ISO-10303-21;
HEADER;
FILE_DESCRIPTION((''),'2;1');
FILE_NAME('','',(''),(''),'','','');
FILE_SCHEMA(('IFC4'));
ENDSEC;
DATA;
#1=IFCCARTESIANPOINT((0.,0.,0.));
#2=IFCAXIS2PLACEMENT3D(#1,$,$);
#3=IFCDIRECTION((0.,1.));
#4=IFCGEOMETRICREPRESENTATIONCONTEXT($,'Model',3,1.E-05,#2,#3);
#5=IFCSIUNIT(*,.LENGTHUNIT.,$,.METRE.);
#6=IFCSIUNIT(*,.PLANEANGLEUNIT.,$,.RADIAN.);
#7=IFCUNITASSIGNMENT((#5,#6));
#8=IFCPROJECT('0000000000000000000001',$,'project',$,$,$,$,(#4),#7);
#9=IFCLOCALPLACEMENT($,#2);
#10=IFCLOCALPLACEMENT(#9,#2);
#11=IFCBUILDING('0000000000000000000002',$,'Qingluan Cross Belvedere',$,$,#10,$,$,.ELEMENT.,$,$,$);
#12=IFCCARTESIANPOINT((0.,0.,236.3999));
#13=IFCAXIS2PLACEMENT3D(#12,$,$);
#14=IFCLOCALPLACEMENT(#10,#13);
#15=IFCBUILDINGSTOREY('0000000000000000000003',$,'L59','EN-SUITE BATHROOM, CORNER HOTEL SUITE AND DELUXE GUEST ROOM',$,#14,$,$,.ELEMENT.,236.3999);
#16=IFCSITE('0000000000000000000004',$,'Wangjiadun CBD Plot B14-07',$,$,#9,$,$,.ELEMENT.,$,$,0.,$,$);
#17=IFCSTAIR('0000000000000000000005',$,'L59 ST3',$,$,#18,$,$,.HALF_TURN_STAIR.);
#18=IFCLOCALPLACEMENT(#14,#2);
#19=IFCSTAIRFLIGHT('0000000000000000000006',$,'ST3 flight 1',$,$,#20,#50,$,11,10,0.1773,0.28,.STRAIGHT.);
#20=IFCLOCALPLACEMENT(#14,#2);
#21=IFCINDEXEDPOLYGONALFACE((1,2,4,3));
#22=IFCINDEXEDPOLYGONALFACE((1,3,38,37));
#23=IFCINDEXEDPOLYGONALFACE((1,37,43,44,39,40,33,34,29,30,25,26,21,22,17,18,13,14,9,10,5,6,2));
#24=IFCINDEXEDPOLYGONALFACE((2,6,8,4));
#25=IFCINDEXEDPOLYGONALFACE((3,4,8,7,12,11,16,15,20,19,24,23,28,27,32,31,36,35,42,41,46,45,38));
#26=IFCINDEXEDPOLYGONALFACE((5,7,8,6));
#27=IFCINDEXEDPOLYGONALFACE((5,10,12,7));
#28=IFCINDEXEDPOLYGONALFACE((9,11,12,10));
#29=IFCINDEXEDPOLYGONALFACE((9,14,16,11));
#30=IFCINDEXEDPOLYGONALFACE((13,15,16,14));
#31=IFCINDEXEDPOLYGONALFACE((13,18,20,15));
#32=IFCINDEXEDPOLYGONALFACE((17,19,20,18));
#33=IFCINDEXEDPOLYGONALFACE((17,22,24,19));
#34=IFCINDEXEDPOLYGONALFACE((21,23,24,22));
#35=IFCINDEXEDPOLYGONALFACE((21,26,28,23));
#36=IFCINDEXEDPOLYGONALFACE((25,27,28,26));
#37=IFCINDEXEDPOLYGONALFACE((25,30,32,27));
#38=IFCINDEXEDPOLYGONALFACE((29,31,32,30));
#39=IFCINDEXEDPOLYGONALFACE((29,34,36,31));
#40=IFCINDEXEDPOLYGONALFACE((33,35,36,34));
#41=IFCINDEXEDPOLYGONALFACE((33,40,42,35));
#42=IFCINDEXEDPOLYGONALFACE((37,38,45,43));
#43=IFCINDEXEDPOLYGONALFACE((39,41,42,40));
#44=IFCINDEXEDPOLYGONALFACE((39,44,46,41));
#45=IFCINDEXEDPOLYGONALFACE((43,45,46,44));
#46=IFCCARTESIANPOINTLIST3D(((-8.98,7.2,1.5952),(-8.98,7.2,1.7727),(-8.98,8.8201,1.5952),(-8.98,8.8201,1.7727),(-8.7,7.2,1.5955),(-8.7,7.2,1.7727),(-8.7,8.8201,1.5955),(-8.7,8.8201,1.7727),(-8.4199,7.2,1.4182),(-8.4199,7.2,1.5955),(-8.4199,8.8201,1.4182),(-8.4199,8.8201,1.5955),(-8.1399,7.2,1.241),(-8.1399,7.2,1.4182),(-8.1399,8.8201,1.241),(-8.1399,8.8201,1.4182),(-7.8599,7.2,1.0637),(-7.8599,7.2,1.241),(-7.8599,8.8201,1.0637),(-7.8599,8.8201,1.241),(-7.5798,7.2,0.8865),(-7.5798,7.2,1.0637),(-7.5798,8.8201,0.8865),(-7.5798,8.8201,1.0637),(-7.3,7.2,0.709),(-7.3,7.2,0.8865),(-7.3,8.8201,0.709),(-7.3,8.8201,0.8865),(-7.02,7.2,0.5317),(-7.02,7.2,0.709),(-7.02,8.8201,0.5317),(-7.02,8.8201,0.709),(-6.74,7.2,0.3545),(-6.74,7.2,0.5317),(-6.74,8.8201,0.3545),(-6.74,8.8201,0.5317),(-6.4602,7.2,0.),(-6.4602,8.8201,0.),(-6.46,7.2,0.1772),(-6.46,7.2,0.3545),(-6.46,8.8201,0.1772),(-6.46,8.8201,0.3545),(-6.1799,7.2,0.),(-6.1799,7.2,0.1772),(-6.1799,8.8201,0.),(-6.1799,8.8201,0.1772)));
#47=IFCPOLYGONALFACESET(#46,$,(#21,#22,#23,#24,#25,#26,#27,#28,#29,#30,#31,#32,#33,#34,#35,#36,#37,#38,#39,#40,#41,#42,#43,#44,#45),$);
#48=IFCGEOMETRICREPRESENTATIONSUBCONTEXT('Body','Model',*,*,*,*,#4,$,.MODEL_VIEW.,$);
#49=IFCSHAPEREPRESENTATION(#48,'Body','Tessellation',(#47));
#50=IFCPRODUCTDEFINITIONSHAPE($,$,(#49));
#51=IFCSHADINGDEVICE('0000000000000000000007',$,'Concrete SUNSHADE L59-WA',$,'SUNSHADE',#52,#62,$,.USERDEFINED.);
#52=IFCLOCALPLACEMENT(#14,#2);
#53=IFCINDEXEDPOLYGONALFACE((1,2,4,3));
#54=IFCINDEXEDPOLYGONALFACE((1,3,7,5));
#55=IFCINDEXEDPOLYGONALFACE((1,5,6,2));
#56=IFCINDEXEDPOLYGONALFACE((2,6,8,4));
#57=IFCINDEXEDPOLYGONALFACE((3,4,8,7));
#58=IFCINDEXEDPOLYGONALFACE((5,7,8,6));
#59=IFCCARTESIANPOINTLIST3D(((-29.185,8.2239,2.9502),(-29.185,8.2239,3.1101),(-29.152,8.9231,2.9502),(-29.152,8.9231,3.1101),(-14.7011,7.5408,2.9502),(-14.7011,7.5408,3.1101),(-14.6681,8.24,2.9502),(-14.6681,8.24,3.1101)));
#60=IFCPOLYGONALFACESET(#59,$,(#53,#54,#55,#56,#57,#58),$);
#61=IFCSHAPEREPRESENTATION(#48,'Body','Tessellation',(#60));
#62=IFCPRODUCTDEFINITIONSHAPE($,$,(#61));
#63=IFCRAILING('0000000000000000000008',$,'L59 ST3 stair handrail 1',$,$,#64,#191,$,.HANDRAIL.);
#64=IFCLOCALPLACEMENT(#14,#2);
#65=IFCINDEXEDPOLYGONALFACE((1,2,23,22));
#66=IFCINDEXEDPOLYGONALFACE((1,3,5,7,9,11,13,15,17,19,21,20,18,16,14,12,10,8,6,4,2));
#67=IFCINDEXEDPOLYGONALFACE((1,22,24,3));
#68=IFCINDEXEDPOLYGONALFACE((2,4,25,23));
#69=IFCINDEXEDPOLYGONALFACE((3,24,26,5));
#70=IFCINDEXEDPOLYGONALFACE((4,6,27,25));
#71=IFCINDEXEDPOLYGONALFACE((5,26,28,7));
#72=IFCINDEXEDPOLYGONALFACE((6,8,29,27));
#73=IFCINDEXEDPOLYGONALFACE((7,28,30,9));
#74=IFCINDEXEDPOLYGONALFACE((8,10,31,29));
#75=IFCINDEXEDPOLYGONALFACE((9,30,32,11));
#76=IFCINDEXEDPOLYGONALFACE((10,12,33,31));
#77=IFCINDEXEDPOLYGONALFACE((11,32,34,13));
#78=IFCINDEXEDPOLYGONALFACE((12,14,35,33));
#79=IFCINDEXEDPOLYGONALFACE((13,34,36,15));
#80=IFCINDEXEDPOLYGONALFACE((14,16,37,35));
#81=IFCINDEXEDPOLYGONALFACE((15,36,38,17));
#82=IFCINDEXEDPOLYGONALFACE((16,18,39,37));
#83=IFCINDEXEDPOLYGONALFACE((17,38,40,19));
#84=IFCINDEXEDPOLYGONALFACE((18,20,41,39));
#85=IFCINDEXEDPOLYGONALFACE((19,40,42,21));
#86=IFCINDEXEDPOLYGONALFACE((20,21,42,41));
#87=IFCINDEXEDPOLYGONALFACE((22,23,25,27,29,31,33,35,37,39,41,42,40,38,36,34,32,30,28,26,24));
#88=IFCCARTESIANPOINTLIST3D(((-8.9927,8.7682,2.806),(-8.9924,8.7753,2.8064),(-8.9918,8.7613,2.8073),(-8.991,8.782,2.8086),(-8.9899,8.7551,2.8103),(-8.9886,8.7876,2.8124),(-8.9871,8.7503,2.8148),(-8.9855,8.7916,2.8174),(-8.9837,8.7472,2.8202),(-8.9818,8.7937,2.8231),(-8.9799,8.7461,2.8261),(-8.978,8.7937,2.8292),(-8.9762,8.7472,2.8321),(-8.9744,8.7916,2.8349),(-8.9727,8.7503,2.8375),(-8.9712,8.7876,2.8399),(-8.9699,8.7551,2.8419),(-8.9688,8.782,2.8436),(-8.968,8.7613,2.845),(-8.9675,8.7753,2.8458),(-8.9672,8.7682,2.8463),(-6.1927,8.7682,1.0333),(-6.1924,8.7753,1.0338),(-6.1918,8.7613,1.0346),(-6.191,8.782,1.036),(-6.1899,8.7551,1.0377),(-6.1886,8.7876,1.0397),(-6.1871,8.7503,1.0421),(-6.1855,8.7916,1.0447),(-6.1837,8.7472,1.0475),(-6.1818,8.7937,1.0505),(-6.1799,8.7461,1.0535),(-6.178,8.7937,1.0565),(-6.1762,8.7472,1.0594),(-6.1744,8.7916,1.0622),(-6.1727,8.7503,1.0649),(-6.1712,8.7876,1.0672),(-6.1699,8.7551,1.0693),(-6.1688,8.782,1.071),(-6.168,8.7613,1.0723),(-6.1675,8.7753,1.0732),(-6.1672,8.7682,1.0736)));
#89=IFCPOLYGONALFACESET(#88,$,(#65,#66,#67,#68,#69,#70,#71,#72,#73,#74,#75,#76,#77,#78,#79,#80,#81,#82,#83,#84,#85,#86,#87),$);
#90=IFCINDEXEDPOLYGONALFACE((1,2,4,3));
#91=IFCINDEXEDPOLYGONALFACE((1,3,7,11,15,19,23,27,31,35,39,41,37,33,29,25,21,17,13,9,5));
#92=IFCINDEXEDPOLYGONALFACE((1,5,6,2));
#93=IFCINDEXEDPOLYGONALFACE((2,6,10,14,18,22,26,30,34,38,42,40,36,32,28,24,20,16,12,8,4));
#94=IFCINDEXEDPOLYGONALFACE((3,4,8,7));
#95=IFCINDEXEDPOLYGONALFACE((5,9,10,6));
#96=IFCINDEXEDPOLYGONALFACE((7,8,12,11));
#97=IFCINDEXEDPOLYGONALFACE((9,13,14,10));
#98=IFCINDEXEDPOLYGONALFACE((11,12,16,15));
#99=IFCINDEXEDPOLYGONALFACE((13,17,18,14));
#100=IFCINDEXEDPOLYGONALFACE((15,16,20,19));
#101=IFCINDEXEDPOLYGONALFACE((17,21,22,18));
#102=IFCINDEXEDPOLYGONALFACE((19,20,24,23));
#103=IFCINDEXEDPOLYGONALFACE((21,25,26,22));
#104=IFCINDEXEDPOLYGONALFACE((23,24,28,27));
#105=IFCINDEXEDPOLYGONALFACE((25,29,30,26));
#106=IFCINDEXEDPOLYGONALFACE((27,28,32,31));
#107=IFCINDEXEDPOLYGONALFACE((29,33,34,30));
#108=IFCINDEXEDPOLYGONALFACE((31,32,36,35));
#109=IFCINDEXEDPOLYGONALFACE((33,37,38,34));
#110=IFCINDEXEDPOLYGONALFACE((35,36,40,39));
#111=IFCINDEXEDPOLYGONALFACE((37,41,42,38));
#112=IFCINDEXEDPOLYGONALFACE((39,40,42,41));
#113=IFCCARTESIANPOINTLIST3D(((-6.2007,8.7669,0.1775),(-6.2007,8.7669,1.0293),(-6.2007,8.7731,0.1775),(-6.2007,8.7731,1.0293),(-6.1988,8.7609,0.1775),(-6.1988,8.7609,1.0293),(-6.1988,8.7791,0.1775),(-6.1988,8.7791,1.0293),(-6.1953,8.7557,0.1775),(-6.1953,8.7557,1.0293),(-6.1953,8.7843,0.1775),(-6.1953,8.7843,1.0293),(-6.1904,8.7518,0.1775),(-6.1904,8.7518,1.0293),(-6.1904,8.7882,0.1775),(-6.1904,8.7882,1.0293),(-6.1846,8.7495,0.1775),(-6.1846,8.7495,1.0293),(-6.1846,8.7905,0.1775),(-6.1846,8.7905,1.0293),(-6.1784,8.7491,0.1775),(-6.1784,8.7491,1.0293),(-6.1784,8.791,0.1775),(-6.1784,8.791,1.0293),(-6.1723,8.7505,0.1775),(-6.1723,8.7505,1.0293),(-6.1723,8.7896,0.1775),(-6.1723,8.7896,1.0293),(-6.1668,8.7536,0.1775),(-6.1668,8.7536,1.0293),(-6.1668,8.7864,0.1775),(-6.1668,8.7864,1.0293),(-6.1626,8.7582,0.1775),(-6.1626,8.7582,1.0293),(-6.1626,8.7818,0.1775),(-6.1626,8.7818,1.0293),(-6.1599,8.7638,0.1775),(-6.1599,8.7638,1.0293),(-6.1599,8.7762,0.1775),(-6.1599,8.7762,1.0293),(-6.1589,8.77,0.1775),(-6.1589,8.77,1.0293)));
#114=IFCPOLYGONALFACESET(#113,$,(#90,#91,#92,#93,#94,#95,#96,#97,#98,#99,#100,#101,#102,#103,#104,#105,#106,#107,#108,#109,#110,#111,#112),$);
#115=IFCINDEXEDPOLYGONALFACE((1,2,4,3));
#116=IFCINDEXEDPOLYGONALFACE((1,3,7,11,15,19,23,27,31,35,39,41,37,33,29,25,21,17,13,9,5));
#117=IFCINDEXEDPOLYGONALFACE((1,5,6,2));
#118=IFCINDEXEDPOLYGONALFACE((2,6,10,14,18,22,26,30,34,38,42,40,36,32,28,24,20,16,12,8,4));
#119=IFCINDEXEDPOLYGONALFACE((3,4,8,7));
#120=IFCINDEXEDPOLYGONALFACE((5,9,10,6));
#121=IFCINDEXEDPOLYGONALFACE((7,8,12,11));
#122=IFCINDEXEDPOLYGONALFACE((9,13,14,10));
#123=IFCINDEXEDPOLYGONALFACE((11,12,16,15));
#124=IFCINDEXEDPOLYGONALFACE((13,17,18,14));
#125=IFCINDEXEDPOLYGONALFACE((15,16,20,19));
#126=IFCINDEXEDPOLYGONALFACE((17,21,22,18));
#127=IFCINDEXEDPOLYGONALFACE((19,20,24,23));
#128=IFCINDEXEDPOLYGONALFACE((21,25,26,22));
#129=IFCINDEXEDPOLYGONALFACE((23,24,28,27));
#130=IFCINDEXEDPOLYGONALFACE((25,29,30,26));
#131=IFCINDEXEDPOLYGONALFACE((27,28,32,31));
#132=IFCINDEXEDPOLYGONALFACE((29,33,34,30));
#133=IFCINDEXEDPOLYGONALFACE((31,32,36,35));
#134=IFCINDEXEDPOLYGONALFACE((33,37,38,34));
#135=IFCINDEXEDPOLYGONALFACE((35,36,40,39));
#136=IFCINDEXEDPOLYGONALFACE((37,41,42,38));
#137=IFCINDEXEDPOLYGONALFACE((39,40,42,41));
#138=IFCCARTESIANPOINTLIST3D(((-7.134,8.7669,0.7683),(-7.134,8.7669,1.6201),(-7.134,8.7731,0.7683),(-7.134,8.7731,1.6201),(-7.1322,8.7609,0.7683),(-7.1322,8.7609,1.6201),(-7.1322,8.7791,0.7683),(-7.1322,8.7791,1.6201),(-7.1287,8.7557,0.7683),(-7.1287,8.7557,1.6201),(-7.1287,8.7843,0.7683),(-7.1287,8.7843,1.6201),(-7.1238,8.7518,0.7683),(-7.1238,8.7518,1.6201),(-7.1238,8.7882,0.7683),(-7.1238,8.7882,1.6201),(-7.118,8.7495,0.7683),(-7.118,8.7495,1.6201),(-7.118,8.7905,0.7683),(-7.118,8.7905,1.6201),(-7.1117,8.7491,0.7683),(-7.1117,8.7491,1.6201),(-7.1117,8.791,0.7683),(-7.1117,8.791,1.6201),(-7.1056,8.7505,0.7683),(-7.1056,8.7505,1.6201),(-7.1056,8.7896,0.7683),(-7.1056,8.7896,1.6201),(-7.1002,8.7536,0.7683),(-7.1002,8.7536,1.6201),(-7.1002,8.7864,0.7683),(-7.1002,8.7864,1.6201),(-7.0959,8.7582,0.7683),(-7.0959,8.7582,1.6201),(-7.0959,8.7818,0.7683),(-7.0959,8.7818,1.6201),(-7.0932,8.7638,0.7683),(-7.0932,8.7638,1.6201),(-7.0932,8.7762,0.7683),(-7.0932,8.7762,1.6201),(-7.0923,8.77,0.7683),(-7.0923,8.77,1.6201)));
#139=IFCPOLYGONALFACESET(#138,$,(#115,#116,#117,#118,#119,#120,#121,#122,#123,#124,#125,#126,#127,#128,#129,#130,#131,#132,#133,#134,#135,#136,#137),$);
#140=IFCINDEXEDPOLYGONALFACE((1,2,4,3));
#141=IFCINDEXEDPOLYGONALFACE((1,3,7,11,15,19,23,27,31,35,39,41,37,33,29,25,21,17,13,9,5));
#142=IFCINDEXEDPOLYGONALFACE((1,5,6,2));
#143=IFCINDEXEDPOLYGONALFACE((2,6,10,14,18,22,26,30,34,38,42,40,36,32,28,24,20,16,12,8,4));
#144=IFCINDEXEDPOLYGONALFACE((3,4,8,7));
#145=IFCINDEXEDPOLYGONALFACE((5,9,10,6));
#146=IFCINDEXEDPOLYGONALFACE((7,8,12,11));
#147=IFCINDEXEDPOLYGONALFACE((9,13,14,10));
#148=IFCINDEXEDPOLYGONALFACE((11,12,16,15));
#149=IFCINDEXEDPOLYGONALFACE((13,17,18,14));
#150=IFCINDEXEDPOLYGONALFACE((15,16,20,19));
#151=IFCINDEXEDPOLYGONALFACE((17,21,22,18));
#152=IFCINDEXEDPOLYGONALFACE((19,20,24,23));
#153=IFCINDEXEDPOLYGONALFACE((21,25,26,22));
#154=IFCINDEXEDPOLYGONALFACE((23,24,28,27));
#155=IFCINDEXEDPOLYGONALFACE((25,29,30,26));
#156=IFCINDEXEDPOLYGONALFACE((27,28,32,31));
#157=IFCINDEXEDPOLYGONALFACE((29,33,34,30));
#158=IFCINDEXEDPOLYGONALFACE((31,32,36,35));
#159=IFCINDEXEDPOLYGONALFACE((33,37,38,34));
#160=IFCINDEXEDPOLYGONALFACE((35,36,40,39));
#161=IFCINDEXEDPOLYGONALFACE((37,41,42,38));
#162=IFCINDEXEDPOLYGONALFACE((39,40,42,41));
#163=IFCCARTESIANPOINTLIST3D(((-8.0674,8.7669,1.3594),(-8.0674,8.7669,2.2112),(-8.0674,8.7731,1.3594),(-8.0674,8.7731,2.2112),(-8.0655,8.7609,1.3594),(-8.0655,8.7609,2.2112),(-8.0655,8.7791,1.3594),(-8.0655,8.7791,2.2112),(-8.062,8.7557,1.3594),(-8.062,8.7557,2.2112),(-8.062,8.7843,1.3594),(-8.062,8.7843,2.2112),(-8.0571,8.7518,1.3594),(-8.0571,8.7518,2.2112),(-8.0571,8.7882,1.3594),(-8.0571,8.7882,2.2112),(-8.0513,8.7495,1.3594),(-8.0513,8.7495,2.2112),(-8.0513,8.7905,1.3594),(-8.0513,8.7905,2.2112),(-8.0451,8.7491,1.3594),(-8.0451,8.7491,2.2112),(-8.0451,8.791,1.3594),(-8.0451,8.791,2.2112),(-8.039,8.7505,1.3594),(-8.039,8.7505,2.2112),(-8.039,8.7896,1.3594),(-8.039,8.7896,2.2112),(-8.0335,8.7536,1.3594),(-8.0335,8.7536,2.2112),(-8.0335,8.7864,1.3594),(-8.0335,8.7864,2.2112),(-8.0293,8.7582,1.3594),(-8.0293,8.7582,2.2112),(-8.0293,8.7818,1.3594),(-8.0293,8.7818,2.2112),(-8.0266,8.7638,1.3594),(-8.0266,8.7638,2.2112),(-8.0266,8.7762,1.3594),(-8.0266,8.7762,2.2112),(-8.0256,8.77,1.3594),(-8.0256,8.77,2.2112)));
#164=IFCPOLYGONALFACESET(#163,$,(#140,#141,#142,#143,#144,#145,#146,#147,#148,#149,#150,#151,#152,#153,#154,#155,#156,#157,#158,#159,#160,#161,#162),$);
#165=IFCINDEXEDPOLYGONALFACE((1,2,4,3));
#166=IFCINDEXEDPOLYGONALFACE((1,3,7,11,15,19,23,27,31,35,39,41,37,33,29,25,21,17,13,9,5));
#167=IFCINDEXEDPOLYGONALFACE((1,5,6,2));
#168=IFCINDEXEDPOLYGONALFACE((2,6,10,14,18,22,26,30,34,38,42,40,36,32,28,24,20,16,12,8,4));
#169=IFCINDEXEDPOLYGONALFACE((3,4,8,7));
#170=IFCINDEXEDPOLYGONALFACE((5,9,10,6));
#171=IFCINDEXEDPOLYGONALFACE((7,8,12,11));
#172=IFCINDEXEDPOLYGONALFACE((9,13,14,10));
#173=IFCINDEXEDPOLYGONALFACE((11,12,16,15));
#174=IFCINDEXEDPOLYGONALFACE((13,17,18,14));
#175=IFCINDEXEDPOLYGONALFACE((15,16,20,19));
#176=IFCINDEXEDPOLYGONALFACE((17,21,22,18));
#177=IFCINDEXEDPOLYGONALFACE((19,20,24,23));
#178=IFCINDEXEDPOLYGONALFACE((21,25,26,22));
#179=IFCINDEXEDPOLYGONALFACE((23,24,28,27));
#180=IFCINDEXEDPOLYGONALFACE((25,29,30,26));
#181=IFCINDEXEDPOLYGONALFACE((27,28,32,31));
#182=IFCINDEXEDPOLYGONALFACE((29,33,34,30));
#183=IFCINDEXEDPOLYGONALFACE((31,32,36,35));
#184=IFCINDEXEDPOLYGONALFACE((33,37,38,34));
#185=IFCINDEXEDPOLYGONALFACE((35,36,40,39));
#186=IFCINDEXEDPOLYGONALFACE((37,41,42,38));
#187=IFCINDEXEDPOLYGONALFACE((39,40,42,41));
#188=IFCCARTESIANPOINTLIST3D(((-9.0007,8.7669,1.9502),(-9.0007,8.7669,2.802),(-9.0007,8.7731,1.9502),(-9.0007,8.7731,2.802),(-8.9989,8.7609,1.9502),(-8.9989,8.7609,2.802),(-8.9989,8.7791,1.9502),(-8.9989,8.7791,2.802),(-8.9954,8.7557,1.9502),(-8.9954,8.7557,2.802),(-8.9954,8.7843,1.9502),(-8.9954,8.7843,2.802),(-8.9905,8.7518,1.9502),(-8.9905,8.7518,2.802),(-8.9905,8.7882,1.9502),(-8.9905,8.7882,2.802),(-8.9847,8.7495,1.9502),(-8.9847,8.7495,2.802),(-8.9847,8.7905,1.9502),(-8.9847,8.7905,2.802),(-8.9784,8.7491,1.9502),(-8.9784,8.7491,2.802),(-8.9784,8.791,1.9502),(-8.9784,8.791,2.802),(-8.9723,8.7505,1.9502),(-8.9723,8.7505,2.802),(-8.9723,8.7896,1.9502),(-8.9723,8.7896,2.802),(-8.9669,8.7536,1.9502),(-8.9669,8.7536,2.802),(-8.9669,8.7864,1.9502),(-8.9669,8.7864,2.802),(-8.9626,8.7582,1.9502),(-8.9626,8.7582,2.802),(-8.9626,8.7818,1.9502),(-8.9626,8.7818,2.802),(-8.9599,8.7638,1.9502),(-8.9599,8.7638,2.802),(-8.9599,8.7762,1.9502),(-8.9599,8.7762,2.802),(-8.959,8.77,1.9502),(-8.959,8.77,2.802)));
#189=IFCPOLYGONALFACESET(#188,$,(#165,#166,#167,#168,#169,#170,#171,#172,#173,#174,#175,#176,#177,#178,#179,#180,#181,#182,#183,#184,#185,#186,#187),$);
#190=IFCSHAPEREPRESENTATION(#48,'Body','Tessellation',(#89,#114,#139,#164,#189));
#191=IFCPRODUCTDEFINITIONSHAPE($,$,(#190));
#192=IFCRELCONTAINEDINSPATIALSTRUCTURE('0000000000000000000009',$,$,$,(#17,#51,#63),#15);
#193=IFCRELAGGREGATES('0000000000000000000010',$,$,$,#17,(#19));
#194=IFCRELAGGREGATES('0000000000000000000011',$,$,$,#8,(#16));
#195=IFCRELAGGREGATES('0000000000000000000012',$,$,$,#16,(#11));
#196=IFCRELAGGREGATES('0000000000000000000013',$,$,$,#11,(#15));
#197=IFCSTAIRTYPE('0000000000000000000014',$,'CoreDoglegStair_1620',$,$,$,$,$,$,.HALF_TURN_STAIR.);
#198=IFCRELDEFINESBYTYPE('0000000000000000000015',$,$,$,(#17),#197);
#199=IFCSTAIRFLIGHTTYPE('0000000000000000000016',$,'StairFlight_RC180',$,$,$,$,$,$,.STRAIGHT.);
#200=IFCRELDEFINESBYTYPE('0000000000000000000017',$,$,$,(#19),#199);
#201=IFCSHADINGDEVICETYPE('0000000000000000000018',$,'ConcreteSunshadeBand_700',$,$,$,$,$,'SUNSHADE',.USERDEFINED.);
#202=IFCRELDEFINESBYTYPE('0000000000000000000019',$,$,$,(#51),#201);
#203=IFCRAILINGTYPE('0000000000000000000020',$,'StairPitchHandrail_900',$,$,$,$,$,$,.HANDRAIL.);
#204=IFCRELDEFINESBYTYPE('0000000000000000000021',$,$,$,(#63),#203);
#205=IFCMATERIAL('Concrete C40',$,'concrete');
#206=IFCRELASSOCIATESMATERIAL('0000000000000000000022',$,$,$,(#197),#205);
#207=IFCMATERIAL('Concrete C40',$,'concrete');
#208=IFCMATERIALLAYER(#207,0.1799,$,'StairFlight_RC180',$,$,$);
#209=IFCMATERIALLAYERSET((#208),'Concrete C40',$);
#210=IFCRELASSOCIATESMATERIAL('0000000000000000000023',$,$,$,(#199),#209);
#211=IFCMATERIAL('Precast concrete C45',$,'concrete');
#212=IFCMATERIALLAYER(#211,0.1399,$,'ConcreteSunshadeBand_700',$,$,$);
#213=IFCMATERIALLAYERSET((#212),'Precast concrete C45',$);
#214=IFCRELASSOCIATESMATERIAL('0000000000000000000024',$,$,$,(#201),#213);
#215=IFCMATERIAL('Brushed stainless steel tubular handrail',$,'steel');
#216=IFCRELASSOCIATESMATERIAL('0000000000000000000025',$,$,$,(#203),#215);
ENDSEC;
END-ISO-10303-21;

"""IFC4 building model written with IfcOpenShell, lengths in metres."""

from ifc_helpers import new_model, si_unit, direction, frame, origin, origin_2d, place, context, subcontext, project, spatial, polyline, rectangle, circle, outline, extrude, material, layer, layer_set, type_object, element, aggregate, save


model = new_model("IFC4")

# Units and contexts
model_context = context("Model", 3, precision=1e-05, world=origin(), true_north=direction((0.0, 1.0)))
body_context = subcontext(model_context, "Body", "Model", "MODEL_VIEW")
ifc_project = project(units=[si_unit("LENGTHUNIT", "METRE"), si_unit("PLANEANGLEUNIT", "RADIAN")], contexts=[model_context])

# Site, building, storey
site_placement = place(None, origin())
site = spatial("IfcSite", under=ifc_project, at=site_placement, Name="Wangjiadun CBD Plot B14-07", CompositionType="ELEMENT", RefElevation=0.0)
building_placement = place(site_placement, origin())
building = spatial("IfcBuilding", under=site, at=building_placement, Name="Qingluan Cross Belvedere", CompositionType="ELEMENT")
storey_placement = place(building_placement, frame((0.0, 0.0, 236.3999)))
storey = spatial("IfcBuildingStorey", under=building, at=storey_placement, Name="L59", Description="EN-SUITE BATHROOM, CORNER HOTEL SUITE AND DELUXE GUEST ROOM", CompositionType="ELEMENT", Elevation=236.3999)

# Stair, stair flight
ifc_material_1 = material(Name="Concrete C40", Category="concrete")
stair_type = type_object("IfcStairType", Name="CoreDoglegStair_1620", PredefinedType="HALF_TURN_STAIR", material=ifc_material_1)
stair_placement = place(storey_placement, origin())
stair = element("IfcStair", 1, at=stair_placement, inside=storey, type_object=stair_type, Name="L59 ST3", PredefinedType="HALF_TURN_STAIR")
ifc_material_2 = material(Name="Concrete C40", Category="concrete")
ifc_layer_1 = layer(ifc_material_2, 0.1799, Name="StairFlight_RC180")
ifc_layer_set_1 = layer_set([ifc_layer_1], Name="Concrete C40")
stair_flight_type = type_object("IfcStairFlightType", Name="StairFlight_RC180", PredefinedType="STRAIGHT", material=ifc_layer_set_1)
stair_flight_placement = place(storey_placement, frame((-6.1799, 8.01, 0.0), z_axis=(0.0, 0.0, 1.0), x_axis=(-1.0, 0.0, 0.0)))
stair_flight = element("IfcStairFlight", 2, at=stair_flight_placement, type_object=stair_flight_type, Name="ST3 flight 1", NumberOfRisers=11, NumberOfTreads=10, PredefinedType="STRAIGHT", RiserHeight=0.1773, TreadLength=0.28, context=body_context, shape_type="SweptSolid", body=[
    extrude(outline(polyline([(0.0, 0.0), (0.0, 0.1772), (0.28, 0.1772), (0.28, 0.3545), (0.5601, 0.3545), (0.5601, 0.5317), (0.8401, 0.5317), (0.8401, 0.709), (1.1201, 0.709), (1.1201, 0.8865), (1.3999, 0.8865), (1.3999, 1.0637), (1.6799, 1.0637), (1.6799, 1.241), (1.96, 1.241), (1.96, 1.4182), (2.24, 1.4182), (2.24, 1.5955), (2.52, 1.5955), (2.52, 1.7727), (2.8, 1.7727), (2.8, 1.95), (2.8, 1.5952), (0.2803, 0.0), (0.0, 0.0)])), frame((0.0, 0.8101, 0.0), z_axis=(0.0, -1.0, 0.0), x_axis=(1.0, 0.0, 0.0)), (0.0, 0.0, 1.0), 1.6201),
])
aggregate(stair, [stair_flight])

# Shading device
ifc_material_3 = material(Name="Precast concrete C45", Category="concrete")
ifc_layer_2 = layer(ifc_material_3, 0.1399, Name="ConcreteSunshadeBand_700")
ifc_layer_set_2 = layer_set([ifc_layer_2], Name="Precast concrete C45")
shading_device_type = type_object("IfcShadingDeviceType", Name="ConcreteSunshadeBand_700", ElementType="SUNSHADE", PredefinedType="USERDEFINED", material=ifc_layer_set_2)
shading_device_placement = place(storey_placement, frame((-21.9265, 8.2319, 2.9502), z_axis=(0.0, 0.0, 1.0), x_axis=(-0.99889, 0.047109, 0.0)))
element("IfcShadingDevice", 3, at=shading_device_placement, inside=storey, type_object=shading_device_type, Name="Concrete SUNSHADE L59-WA", ObjectType="SUNSHADE", PredefinedType="USERDEFINED", context=body_context, shape_type="SweptSolid", body=[
    extrude(rectangle(XDim=14.5, YDim=0.7, at=origin_2d()), origin(), (0.0, 0.0, 1.0), 0.1599),
])

# Railing
ifc_material_4 = material(Name="Brushed stainless steel tubular handrail", Category="steel")
railing_type = type_object("IfcRailingType", Name="StairPitchHandrail_900", PredefinedType="HANDRAIL", material=ifc_material_4)
railing_placement = place(storey_placement, frame((-6.1799, 8.77, 0.1775)))
element("IfcRailing", 4, at=railing_placement, inside=storey, type_object=railing_type, Name="L59 ST3 stair handrail 1", PredefinedType="HANDRAIL", context=body_context, shape_type="SweptSolid", body=[
    extrude(circle(Radius=0.0239, at=origin_2d()), frame((0.0, 0.0, 0.876), z_axis=(-0.844909, 0.0, 0.53491), x_axis=(0.0, -1.0, 0.0)), (0.0, 0.0, 1.0), 3.314),
    extrude(circle(Radius=0.021, at=origin_2d()), origin(), (0.0, 0.0, 1.0), 0.8518),
    extrude(circle(Radius=0.021, at=origin_2d()), frame((-0.9333, 0.0, 0.5908)), (0.0, 0.0, 1.0), 0.8518),
    extrude(circle(Radius=0.021, at=origin_2d()), frame((-1.8667, 0.0, 1.1819)), (0.0, 0.0, 1.0), 0.8518),
    extrude(circle(Radius=0.021, at=origin_2d()), frame((-2.8, 0.0, 1.7727)), (0.0, 0.0, 1.0), 0.8518),
])

save(model, "model.ifc")
